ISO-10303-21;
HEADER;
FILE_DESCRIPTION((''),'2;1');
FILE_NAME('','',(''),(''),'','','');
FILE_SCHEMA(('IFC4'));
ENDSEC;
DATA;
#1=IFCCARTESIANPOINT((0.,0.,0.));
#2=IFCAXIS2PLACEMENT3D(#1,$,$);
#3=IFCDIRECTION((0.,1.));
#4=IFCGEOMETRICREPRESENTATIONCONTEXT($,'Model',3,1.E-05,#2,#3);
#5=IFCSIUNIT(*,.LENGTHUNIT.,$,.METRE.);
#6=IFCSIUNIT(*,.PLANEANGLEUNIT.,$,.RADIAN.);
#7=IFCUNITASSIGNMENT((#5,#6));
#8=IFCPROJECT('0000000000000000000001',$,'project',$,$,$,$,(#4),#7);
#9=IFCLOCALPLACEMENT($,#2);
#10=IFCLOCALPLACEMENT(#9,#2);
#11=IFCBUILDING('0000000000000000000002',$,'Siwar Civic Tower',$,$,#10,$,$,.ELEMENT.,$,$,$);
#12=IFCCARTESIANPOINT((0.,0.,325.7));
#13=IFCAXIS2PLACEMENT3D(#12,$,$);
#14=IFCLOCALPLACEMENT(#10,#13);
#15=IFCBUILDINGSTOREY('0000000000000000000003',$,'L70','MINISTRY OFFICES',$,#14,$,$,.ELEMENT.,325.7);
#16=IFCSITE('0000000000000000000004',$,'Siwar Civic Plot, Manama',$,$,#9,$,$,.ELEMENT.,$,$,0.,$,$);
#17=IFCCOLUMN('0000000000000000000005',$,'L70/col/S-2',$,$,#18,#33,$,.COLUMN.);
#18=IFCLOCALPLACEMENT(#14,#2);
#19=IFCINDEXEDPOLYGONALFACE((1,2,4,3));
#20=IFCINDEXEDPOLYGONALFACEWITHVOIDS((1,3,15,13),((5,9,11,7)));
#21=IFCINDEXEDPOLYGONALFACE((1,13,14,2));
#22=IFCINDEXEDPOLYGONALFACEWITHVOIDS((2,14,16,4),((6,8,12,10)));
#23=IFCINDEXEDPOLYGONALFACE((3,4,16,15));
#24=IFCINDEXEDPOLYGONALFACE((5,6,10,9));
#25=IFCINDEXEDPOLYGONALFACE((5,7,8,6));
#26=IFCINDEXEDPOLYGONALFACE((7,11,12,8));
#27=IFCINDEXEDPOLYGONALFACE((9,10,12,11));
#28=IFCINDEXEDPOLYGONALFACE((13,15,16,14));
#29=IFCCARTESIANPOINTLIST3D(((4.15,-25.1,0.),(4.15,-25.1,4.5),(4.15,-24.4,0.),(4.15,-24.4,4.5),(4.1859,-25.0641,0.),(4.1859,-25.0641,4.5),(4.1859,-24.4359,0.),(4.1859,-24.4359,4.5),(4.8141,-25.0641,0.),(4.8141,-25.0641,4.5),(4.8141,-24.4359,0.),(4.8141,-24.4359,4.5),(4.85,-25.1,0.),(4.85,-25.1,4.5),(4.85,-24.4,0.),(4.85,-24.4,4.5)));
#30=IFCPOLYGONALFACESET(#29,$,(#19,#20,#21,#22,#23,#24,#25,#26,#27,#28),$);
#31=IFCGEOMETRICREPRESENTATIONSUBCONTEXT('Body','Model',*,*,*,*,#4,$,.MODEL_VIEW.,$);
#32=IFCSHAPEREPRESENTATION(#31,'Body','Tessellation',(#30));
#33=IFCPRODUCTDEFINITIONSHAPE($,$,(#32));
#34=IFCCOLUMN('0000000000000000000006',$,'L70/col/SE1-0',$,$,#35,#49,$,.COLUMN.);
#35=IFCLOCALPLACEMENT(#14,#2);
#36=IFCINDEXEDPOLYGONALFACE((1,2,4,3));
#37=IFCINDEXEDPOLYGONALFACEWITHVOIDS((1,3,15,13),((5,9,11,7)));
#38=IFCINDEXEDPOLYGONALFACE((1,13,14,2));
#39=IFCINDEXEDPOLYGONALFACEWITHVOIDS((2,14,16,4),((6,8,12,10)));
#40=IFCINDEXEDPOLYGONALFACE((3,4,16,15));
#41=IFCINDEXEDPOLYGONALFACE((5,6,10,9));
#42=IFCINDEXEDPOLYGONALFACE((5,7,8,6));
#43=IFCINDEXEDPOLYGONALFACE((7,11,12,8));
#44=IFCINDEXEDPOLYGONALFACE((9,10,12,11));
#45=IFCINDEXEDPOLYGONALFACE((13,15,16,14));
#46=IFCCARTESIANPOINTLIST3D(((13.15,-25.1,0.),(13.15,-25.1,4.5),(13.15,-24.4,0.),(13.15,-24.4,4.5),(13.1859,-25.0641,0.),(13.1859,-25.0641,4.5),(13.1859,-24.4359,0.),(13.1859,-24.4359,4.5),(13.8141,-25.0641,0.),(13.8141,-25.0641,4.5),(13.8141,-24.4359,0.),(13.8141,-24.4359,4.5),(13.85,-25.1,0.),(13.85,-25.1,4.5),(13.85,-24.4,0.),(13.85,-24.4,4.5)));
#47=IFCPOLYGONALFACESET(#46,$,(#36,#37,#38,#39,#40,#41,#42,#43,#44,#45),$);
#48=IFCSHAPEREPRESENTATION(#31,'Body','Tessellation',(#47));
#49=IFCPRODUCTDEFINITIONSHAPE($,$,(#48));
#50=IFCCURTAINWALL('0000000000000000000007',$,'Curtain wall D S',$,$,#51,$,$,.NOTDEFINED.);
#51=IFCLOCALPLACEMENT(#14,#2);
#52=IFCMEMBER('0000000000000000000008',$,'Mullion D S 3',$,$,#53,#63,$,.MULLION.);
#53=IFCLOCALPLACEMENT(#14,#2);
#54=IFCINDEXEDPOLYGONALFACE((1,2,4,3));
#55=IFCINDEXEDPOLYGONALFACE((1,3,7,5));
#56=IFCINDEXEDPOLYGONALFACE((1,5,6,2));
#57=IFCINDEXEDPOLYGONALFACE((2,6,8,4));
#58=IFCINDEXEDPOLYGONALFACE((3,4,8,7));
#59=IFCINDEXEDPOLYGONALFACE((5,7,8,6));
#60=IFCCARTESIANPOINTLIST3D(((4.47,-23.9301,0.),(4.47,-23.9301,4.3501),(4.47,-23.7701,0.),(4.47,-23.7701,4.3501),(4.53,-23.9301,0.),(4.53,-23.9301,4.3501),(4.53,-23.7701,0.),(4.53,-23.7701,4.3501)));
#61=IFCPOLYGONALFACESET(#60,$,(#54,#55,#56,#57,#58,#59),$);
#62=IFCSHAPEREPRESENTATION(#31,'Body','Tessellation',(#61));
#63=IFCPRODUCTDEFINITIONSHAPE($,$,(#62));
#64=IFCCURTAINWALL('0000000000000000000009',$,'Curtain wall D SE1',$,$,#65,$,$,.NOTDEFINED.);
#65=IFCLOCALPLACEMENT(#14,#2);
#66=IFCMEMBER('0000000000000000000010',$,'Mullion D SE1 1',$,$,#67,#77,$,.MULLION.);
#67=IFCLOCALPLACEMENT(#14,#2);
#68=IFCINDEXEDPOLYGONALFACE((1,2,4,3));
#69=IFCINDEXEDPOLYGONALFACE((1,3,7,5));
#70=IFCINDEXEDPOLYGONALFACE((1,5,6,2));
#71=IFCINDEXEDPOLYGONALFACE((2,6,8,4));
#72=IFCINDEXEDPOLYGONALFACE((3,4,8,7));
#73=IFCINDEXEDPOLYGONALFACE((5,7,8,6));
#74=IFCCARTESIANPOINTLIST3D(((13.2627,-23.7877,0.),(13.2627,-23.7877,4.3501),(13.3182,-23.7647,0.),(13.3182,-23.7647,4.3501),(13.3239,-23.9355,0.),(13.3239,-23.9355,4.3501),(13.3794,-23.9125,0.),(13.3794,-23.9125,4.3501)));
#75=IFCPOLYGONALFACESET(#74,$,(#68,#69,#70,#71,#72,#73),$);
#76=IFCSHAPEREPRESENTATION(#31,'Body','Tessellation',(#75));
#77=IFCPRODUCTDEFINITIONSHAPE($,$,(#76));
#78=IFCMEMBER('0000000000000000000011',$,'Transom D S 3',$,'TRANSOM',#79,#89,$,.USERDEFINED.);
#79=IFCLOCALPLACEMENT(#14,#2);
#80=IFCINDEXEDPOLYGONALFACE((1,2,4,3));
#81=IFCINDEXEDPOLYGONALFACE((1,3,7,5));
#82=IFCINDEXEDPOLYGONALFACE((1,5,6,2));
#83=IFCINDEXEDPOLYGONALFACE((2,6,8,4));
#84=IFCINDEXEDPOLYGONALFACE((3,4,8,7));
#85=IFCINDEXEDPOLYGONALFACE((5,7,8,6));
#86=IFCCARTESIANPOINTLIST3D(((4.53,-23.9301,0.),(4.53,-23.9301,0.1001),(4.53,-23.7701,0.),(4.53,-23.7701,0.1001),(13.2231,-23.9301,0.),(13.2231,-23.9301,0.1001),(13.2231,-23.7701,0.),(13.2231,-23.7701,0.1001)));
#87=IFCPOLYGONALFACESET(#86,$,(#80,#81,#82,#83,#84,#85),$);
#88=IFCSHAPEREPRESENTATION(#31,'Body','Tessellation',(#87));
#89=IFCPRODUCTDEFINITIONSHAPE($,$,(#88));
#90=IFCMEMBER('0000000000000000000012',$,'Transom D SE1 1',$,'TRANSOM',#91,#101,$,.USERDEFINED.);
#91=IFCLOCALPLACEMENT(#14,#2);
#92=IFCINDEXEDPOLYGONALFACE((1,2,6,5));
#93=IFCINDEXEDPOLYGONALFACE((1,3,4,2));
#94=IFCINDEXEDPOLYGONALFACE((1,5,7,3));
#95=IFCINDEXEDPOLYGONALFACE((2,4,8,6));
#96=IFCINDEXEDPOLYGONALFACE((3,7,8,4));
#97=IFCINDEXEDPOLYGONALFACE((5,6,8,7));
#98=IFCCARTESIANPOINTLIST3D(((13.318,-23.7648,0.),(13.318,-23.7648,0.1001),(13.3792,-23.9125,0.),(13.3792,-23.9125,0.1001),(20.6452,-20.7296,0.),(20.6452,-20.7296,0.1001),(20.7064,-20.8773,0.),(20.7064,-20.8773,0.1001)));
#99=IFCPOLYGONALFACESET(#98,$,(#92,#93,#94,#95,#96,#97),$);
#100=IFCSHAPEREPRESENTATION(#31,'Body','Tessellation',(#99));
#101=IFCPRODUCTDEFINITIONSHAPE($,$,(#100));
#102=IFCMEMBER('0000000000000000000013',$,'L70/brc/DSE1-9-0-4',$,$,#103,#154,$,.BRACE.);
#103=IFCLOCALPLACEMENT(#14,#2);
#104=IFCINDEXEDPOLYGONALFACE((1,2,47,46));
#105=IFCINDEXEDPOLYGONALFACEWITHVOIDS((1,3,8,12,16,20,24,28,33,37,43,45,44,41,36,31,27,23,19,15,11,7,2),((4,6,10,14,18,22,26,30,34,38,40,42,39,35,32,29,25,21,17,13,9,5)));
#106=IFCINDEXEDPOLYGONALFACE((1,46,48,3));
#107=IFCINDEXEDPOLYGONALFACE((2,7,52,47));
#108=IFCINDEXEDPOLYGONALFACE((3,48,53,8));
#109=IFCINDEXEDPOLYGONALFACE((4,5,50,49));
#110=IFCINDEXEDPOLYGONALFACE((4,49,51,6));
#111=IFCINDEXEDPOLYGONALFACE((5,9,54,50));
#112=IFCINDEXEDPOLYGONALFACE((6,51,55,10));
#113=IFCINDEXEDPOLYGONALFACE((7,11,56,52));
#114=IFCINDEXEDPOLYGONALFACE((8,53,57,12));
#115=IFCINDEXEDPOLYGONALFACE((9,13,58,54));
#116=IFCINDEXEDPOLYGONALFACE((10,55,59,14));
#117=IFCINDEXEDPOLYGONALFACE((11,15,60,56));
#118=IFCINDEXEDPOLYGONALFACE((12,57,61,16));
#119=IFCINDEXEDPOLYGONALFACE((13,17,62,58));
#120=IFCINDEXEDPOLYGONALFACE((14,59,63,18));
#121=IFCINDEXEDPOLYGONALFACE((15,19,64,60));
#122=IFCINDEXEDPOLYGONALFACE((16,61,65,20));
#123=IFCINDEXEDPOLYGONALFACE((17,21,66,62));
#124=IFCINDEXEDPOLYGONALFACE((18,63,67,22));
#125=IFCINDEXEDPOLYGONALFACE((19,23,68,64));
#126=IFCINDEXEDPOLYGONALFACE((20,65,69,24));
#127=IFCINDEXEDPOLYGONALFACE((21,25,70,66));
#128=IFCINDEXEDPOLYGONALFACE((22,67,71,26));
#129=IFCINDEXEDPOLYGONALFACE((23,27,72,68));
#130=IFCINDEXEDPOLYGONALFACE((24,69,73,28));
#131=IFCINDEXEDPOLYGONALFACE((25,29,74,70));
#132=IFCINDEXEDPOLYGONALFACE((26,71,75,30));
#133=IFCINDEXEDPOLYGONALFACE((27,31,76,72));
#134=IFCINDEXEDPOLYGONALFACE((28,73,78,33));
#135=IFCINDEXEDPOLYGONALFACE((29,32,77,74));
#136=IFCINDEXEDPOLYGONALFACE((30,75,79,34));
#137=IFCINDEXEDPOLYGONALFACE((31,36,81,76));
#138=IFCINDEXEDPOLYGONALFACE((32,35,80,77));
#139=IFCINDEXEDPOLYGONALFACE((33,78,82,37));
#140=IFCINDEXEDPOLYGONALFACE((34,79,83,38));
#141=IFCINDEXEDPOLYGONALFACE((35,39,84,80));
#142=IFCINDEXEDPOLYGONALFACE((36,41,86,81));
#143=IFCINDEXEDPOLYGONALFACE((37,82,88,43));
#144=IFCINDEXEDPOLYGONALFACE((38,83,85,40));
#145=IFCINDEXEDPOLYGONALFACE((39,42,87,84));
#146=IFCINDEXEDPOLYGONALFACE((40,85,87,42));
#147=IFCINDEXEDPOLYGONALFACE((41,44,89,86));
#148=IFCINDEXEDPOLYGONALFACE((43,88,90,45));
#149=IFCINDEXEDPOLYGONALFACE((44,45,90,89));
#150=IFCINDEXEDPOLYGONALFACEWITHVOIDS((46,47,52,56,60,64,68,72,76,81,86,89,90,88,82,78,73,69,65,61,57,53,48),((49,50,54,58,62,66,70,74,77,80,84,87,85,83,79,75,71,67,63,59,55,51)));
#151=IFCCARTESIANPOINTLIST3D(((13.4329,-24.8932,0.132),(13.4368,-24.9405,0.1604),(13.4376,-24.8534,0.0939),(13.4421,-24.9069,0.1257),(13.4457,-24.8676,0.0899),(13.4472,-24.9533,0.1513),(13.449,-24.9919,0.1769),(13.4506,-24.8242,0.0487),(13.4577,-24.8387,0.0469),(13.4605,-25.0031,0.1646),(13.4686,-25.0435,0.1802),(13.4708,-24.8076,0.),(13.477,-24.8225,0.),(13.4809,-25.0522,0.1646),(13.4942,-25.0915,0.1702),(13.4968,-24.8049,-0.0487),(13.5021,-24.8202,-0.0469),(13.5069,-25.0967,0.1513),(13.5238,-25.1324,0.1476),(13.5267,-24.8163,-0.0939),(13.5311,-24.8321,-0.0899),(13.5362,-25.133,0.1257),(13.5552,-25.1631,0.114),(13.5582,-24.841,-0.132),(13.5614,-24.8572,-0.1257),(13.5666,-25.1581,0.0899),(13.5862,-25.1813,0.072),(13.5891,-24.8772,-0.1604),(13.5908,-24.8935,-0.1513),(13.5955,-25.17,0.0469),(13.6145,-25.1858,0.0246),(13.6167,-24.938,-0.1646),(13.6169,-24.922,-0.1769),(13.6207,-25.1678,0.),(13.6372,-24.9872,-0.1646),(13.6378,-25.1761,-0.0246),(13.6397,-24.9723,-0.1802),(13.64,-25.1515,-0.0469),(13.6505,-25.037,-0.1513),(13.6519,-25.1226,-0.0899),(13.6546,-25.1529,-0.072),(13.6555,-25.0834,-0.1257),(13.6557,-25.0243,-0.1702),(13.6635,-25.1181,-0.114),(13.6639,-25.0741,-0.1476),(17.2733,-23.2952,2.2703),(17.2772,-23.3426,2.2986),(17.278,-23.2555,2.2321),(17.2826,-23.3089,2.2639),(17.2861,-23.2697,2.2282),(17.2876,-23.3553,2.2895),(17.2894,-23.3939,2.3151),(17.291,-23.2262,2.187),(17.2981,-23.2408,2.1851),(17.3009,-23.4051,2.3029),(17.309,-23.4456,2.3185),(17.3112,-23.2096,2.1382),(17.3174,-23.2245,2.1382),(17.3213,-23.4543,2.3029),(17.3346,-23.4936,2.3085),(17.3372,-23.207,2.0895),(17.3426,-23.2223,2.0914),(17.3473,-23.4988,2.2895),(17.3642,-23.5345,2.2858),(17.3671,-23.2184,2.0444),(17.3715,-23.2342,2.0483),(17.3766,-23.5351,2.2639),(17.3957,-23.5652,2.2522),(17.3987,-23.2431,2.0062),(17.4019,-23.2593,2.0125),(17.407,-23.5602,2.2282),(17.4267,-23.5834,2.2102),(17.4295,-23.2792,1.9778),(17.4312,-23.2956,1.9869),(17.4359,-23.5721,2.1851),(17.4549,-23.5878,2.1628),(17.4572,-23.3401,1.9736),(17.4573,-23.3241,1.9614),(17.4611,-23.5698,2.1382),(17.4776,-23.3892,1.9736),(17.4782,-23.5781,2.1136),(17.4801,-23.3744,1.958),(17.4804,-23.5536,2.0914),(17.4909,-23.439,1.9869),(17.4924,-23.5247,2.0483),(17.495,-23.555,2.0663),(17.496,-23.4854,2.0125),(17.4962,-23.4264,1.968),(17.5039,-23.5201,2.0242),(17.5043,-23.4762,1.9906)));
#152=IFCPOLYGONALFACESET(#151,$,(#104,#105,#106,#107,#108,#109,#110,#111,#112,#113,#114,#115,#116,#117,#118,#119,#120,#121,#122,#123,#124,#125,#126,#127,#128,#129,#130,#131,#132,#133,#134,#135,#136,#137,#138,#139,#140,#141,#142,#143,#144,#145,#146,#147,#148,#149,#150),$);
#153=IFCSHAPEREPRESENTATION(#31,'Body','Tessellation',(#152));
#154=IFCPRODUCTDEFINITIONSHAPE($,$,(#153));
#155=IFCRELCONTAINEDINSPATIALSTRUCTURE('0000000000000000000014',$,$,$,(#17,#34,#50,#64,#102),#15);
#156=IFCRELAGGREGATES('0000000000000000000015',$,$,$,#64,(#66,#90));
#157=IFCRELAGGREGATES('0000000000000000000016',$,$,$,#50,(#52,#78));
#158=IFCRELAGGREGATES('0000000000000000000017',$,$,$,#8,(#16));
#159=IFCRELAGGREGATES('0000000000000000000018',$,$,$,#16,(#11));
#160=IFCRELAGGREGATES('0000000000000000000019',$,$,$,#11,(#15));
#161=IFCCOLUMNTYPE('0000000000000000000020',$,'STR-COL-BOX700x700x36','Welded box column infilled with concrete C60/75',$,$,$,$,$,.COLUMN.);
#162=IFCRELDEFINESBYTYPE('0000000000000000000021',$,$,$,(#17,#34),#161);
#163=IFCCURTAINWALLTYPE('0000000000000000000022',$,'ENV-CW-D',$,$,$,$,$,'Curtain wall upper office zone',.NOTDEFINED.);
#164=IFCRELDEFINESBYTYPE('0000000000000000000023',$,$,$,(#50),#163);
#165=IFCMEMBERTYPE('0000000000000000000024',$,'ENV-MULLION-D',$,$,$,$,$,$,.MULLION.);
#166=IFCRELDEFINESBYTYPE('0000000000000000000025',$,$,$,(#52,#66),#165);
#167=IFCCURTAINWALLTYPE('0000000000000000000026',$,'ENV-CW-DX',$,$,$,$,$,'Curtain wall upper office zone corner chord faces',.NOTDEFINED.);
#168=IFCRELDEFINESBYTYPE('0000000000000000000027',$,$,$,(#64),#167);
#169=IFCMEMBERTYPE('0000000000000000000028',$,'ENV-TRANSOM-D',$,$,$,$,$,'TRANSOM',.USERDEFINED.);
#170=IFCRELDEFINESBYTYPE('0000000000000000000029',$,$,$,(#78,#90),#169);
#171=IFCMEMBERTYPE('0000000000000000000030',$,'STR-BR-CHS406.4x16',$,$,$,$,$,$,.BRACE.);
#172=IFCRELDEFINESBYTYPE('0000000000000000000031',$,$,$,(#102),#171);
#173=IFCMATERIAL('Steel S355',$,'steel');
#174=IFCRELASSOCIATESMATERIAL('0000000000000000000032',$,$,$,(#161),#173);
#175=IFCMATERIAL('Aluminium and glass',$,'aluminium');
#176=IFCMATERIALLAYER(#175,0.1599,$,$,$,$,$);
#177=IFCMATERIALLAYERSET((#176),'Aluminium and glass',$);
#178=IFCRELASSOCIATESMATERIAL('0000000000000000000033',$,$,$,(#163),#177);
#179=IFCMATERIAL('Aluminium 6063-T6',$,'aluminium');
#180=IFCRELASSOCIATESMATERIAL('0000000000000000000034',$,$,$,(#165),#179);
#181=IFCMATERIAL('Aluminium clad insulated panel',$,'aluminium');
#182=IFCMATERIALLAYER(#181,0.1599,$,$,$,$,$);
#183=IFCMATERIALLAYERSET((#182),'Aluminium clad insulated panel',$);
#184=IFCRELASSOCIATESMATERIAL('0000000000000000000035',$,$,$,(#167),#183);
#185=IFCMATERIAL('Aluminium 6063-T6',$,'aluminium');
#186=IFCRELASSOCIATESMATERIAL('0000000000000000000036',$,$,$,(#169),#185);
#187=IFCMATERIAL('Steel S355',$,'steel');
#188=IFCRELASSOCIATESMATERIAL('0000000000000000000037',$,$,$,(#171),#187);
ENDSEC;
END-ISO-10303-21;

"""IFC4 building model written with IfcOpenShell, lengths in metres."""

from ifc_helpers import new_model, si_unit, direction, frame, origin, origin_2d, place, context, subcontext, project, spatial, rectangle, hollow_rectangle, hollow_circle, extrude, material, layer, layer_set, material_profile, profile_set, type_object, element, aggregate, save


model = new_model("IFC4")

# Units and contexts
model_context = context("Model", 3, precision=1e-05, world=origin(), true_north=direction((0.0, 1.0)))
body_context = subcontext(model_context, "Body", "Model", "MODEL_VIEW")
ifc_project = project(units=[si_unit("LENGTHUNIT", "METRE"), si_unit("PLANEANGLEUNIT", "RADIAN")], contexts=[model_context])

# Site, building, storey
site_placement = place(None, origin())
site = spatial("IfcSite", under=ifc_project, at=site_placement, Name="Siwar Civic Plot, Manama", CompositionType="ELEMENT", RefElevation=0.0)
building_placement = place(site_placement, origin())
building = spatial("IfcBuilding", under=site, at=building_placement, Name="Siwar Civic Tower", CompositionType="ELEMENT")
storey_placement = place(building_placement, frame((0.0, 0.0, 325.7)))
storey = spatial("IfcBuildingStorey", under=building, at=storey_placement, Name="L70", Description="MINISTRY OFFICES", CompositionType="ELEMENT", Elevation=325.7)

# Columns
ifc_material_1 = material(Name="Steel S355", Category="steel")
ifc_material_profile_1 = material_profile(ifc_material_1, hollow_rectangle(XDim=0.7, YDim=0.7, WallThickness=0.0359, at=origin_2d()), Name="BOX700x700x36")
ifc_profile_set_1 = profile_set([ifc_material_profile_1], Name="Steel S355")
column_type = type_object("IfcColumnType", Name="STR-COL-BOX700x700x36", Description="Welded box column infilled with concrete C60/75", PredefinedType="COLUMN", material=ifc_profile_set_1)
for number, where, z_axis, x_axis, name in (
    (1, (4.5, -24.75, 0.0), (0.0, 0.0, 1.0), (1.0, 0.0, 0.0), "L70/col/S-2"),
    (2, (13.5, -24.75, 0.0), (0.0, 0.0, 1.0), (1.0, 0.0, 0.0), "L70/col/SE1-0"),
):
    element("IfcColumn", number, at=place(storey_placement, frame(where, z_axis=z_axis, x_axis=x_axis)), inside=storey, type_object=column_type, Name=name, PredefinedType="COLUMN", context=body_context, shape_type="SweptSolid", body=[
        extrude(hollow_rectangle(XDim=0.7, YDim=0.7, WallThickness=0.0359, at=origin_2d()), origin(), (0.0, 0.0, 1.0), 4.5),
    ])

# Curtain walls, members
ifc_material_2 = material(Name="Aluminium and glass", Category="aluminium")
ifc_layer_1 = layer(ifc_material_2, 0.1599)
ifc_layer_set_1 = layer_set([ifc_layer_1], Name="Aluminium and glass")
curtain_wall_type_1 = type_object("IfcCurtainWallType", Name="ENV-CW-D", ElementType="Curtain wall upper office zone", PredefinedType="NOTDEFINED", material=ifc_layer_set_1)
curtain_wall_1_placement = place(storey_placement, origin())
curtain_wall_1 = element("IfcCurtainWall", 3, at=curtain_wall_1_placement, inside=storey, type_object=curtain_wall_type_1, Name="Curtain wall D S", PredefinedType="NOTDEFINED")
ifc_material_3 = material(Name="Aluminium 6063-T6", Category="aluminium")
ifc_material_profile_2 = material_profile(ifc_material_3, rectangle(XDim=0.1599, YDim=0.0601, at=origin_2d()), Name="AL 160x60")
ifc_profile_set_2 = profile_set([ifc_material_profile_2], Name="Aluminium 6063-T6")
member_type_1 = type_object("IfcMemberType", Name="ENV-MULLION-D", PredefinedType="MULLION", material=ifc_profile_set_2)
member_1_placement = place(storey_placement, frame((4.5, -23.8501, 0.0), z_axis=(0.0, 0.0, 1.0), x_axis=(0.0, 1.0, 0.0)))
member_1 = element("IfcMember", 4, at=member_1_placement, type_object=member_type_1, Name="Mullion D S 3", PredefinedType="MULLION", context=body_context, shape_type="SweptSolid", body=[
    extrude(rectangle(XDim=0.1599, YDim=0.0601, at=origin_2d()), origin(), (0.0, 0.0, 1.0), 4.3501),
])
ifc_material_4 = material(Name="Aluminium clad insulated panel", Category="aluminium")
ifc_layer_2 = layer(ifc_material_4, 0.1599)
ifc_layer_set_2 = layer_set([ifc_layer_2], Name="Aluminium clad insulated panel")
curtain_wall_type_2 = type_object("IfcCurtainWallType", Name="ENV-CW-DX", ElementType="Curtain wall upper office zone corner chord faces", PredefinedType="NOTDEFINED", material=ifc_layer_set_2)
curtain_wall_2_placement = place(storey_placement, origin())
curtain_wall_2 = element("IfcCurtainWall", 5, at=curtain_wall_2_placement, inside=storey, type_object=curtain_wall_type_2, Name="Curtain wall D SE1", PredefinedType="NOTDEFINED")
member_2_placement = place(storey_placement, frame((13.321, -23.8501, 0.0), z_axis=(0.0, 0.0, 1.0), x_axis=(-0.382683, 0.92388, 0.0)))
member_2 = element("IfcMember", 6, at=member_2_placement, type_object=member_type_1, Name="Mullion D SE1 1", PredefinedType="MULLION", context=body_context, shape_type="SweptSolid", body=[
    extrude(rectangle(XDim=0.1599, YDim=0.0601, at=origin_2d()), origin(), (0.0, 0.0, 1.0), 4.3501),
])

# Members
ifc_material_5 = material(Name="Aluminium 6063-T6", Category="aluminium")
ifc_material_profile_3 = material_profile(ifc_material_5, rectangle(XDim=0.1599, YDim=0.1001, at=origin_2d()), Name="AL 160x100")
ifc_profile_set_3 = profile_set([ifc_material_profile_3], Name="Aluminium 6063-T6")
member_type_2 = type_object("IfcMemberType", Name="ENV-TRANSOM-D", ElementType="TRANSOM", PredefinedType="USERDEFINED", material=ifc_profile_set_3)
member_3_placement = place(storey_placement, frame((4.53, -23.8501, 0.05), z_axis=(1.0, 0.0, 0.0), x_axis=(0.0, 1.0, 0.0)))
member_3 = element("IfcMember", 7, at=member_3_placement, type_object=member_type_2, Name="Transom D S 3", ObjectType="TRANSOM", PredefinedType="USERDEFINED", context=body_context, shape_type="SweptSolid", body=[
    extrude(rectangle(XDim=0.1599, YDim=0.1001, at=origin_2d()), origin(), (0.0, 0.0, 1.0), 8.6931),
])
member_4_placement = place(storey_placement, frame((13.3486, -23.8386, 0.05), z_axis=(0.923873, 0.3827, 0.0), x_axis=(-0.3827, 0.923873, 0.0)))
member_4 = element("IfcMember", 8, at=member_4_placement, type_object=member_type_2, Name="Transom D SE1 1", ObjectType="TRANSOM", PredefinedType="USERDEFINED", context=body_context, shape_type="SweptSolid", body=[
    extrude(rectangle(XDim=0.1599, YDim=0.1001, at=origin_2d()), origin(), (0.0, 0.0, 1.0), 7.9309),
])
aggregate(curtain_wall_2, [member_2, member_4])
ifc_material_6 = material(Name="Steel S355", Category="steel")
ifc_material_profile_4 = material_profile(ifc_material_6, hollow_circle(Radius=0.2031, WallThickness=0.0161, at=origin_2d()), Name="CHS406.4x16")
ifc_profile_set_4 = profile_set([ifc_material_profile_4], Name="Steel S355")
member_type_3 = type_object("IfcMemberType", Name="STR-BR-CHS406.4x16", PredefinedType="BRACE", material=ifc_profile_set_4)
member_5_placement = place(storey_placement, frame((13.5488, -24.9951, 0.0), z_axis=(0.82113, 0.341659, 0.457181), x_axis=(-0.384157, 0.923268, 0.0)))
element("IfcMember", 9, at=member_5_placement, inside=storey, type_object=member_type_3, Name="L70/brc/DSE1-9-0-4", PredefinedType="BRACE", context=body_context, shape_type="SweptSolid", body=[
    extrude(hollow_circle(Radius=0.2031, WallThickness=0.0161, at=origin_2d()), origin(), (0.0, 0.0, 1.0), 4.677),
])

aggregate(curtain_wall_1, [member_1, member_3])

save(model, "model.ifc")
